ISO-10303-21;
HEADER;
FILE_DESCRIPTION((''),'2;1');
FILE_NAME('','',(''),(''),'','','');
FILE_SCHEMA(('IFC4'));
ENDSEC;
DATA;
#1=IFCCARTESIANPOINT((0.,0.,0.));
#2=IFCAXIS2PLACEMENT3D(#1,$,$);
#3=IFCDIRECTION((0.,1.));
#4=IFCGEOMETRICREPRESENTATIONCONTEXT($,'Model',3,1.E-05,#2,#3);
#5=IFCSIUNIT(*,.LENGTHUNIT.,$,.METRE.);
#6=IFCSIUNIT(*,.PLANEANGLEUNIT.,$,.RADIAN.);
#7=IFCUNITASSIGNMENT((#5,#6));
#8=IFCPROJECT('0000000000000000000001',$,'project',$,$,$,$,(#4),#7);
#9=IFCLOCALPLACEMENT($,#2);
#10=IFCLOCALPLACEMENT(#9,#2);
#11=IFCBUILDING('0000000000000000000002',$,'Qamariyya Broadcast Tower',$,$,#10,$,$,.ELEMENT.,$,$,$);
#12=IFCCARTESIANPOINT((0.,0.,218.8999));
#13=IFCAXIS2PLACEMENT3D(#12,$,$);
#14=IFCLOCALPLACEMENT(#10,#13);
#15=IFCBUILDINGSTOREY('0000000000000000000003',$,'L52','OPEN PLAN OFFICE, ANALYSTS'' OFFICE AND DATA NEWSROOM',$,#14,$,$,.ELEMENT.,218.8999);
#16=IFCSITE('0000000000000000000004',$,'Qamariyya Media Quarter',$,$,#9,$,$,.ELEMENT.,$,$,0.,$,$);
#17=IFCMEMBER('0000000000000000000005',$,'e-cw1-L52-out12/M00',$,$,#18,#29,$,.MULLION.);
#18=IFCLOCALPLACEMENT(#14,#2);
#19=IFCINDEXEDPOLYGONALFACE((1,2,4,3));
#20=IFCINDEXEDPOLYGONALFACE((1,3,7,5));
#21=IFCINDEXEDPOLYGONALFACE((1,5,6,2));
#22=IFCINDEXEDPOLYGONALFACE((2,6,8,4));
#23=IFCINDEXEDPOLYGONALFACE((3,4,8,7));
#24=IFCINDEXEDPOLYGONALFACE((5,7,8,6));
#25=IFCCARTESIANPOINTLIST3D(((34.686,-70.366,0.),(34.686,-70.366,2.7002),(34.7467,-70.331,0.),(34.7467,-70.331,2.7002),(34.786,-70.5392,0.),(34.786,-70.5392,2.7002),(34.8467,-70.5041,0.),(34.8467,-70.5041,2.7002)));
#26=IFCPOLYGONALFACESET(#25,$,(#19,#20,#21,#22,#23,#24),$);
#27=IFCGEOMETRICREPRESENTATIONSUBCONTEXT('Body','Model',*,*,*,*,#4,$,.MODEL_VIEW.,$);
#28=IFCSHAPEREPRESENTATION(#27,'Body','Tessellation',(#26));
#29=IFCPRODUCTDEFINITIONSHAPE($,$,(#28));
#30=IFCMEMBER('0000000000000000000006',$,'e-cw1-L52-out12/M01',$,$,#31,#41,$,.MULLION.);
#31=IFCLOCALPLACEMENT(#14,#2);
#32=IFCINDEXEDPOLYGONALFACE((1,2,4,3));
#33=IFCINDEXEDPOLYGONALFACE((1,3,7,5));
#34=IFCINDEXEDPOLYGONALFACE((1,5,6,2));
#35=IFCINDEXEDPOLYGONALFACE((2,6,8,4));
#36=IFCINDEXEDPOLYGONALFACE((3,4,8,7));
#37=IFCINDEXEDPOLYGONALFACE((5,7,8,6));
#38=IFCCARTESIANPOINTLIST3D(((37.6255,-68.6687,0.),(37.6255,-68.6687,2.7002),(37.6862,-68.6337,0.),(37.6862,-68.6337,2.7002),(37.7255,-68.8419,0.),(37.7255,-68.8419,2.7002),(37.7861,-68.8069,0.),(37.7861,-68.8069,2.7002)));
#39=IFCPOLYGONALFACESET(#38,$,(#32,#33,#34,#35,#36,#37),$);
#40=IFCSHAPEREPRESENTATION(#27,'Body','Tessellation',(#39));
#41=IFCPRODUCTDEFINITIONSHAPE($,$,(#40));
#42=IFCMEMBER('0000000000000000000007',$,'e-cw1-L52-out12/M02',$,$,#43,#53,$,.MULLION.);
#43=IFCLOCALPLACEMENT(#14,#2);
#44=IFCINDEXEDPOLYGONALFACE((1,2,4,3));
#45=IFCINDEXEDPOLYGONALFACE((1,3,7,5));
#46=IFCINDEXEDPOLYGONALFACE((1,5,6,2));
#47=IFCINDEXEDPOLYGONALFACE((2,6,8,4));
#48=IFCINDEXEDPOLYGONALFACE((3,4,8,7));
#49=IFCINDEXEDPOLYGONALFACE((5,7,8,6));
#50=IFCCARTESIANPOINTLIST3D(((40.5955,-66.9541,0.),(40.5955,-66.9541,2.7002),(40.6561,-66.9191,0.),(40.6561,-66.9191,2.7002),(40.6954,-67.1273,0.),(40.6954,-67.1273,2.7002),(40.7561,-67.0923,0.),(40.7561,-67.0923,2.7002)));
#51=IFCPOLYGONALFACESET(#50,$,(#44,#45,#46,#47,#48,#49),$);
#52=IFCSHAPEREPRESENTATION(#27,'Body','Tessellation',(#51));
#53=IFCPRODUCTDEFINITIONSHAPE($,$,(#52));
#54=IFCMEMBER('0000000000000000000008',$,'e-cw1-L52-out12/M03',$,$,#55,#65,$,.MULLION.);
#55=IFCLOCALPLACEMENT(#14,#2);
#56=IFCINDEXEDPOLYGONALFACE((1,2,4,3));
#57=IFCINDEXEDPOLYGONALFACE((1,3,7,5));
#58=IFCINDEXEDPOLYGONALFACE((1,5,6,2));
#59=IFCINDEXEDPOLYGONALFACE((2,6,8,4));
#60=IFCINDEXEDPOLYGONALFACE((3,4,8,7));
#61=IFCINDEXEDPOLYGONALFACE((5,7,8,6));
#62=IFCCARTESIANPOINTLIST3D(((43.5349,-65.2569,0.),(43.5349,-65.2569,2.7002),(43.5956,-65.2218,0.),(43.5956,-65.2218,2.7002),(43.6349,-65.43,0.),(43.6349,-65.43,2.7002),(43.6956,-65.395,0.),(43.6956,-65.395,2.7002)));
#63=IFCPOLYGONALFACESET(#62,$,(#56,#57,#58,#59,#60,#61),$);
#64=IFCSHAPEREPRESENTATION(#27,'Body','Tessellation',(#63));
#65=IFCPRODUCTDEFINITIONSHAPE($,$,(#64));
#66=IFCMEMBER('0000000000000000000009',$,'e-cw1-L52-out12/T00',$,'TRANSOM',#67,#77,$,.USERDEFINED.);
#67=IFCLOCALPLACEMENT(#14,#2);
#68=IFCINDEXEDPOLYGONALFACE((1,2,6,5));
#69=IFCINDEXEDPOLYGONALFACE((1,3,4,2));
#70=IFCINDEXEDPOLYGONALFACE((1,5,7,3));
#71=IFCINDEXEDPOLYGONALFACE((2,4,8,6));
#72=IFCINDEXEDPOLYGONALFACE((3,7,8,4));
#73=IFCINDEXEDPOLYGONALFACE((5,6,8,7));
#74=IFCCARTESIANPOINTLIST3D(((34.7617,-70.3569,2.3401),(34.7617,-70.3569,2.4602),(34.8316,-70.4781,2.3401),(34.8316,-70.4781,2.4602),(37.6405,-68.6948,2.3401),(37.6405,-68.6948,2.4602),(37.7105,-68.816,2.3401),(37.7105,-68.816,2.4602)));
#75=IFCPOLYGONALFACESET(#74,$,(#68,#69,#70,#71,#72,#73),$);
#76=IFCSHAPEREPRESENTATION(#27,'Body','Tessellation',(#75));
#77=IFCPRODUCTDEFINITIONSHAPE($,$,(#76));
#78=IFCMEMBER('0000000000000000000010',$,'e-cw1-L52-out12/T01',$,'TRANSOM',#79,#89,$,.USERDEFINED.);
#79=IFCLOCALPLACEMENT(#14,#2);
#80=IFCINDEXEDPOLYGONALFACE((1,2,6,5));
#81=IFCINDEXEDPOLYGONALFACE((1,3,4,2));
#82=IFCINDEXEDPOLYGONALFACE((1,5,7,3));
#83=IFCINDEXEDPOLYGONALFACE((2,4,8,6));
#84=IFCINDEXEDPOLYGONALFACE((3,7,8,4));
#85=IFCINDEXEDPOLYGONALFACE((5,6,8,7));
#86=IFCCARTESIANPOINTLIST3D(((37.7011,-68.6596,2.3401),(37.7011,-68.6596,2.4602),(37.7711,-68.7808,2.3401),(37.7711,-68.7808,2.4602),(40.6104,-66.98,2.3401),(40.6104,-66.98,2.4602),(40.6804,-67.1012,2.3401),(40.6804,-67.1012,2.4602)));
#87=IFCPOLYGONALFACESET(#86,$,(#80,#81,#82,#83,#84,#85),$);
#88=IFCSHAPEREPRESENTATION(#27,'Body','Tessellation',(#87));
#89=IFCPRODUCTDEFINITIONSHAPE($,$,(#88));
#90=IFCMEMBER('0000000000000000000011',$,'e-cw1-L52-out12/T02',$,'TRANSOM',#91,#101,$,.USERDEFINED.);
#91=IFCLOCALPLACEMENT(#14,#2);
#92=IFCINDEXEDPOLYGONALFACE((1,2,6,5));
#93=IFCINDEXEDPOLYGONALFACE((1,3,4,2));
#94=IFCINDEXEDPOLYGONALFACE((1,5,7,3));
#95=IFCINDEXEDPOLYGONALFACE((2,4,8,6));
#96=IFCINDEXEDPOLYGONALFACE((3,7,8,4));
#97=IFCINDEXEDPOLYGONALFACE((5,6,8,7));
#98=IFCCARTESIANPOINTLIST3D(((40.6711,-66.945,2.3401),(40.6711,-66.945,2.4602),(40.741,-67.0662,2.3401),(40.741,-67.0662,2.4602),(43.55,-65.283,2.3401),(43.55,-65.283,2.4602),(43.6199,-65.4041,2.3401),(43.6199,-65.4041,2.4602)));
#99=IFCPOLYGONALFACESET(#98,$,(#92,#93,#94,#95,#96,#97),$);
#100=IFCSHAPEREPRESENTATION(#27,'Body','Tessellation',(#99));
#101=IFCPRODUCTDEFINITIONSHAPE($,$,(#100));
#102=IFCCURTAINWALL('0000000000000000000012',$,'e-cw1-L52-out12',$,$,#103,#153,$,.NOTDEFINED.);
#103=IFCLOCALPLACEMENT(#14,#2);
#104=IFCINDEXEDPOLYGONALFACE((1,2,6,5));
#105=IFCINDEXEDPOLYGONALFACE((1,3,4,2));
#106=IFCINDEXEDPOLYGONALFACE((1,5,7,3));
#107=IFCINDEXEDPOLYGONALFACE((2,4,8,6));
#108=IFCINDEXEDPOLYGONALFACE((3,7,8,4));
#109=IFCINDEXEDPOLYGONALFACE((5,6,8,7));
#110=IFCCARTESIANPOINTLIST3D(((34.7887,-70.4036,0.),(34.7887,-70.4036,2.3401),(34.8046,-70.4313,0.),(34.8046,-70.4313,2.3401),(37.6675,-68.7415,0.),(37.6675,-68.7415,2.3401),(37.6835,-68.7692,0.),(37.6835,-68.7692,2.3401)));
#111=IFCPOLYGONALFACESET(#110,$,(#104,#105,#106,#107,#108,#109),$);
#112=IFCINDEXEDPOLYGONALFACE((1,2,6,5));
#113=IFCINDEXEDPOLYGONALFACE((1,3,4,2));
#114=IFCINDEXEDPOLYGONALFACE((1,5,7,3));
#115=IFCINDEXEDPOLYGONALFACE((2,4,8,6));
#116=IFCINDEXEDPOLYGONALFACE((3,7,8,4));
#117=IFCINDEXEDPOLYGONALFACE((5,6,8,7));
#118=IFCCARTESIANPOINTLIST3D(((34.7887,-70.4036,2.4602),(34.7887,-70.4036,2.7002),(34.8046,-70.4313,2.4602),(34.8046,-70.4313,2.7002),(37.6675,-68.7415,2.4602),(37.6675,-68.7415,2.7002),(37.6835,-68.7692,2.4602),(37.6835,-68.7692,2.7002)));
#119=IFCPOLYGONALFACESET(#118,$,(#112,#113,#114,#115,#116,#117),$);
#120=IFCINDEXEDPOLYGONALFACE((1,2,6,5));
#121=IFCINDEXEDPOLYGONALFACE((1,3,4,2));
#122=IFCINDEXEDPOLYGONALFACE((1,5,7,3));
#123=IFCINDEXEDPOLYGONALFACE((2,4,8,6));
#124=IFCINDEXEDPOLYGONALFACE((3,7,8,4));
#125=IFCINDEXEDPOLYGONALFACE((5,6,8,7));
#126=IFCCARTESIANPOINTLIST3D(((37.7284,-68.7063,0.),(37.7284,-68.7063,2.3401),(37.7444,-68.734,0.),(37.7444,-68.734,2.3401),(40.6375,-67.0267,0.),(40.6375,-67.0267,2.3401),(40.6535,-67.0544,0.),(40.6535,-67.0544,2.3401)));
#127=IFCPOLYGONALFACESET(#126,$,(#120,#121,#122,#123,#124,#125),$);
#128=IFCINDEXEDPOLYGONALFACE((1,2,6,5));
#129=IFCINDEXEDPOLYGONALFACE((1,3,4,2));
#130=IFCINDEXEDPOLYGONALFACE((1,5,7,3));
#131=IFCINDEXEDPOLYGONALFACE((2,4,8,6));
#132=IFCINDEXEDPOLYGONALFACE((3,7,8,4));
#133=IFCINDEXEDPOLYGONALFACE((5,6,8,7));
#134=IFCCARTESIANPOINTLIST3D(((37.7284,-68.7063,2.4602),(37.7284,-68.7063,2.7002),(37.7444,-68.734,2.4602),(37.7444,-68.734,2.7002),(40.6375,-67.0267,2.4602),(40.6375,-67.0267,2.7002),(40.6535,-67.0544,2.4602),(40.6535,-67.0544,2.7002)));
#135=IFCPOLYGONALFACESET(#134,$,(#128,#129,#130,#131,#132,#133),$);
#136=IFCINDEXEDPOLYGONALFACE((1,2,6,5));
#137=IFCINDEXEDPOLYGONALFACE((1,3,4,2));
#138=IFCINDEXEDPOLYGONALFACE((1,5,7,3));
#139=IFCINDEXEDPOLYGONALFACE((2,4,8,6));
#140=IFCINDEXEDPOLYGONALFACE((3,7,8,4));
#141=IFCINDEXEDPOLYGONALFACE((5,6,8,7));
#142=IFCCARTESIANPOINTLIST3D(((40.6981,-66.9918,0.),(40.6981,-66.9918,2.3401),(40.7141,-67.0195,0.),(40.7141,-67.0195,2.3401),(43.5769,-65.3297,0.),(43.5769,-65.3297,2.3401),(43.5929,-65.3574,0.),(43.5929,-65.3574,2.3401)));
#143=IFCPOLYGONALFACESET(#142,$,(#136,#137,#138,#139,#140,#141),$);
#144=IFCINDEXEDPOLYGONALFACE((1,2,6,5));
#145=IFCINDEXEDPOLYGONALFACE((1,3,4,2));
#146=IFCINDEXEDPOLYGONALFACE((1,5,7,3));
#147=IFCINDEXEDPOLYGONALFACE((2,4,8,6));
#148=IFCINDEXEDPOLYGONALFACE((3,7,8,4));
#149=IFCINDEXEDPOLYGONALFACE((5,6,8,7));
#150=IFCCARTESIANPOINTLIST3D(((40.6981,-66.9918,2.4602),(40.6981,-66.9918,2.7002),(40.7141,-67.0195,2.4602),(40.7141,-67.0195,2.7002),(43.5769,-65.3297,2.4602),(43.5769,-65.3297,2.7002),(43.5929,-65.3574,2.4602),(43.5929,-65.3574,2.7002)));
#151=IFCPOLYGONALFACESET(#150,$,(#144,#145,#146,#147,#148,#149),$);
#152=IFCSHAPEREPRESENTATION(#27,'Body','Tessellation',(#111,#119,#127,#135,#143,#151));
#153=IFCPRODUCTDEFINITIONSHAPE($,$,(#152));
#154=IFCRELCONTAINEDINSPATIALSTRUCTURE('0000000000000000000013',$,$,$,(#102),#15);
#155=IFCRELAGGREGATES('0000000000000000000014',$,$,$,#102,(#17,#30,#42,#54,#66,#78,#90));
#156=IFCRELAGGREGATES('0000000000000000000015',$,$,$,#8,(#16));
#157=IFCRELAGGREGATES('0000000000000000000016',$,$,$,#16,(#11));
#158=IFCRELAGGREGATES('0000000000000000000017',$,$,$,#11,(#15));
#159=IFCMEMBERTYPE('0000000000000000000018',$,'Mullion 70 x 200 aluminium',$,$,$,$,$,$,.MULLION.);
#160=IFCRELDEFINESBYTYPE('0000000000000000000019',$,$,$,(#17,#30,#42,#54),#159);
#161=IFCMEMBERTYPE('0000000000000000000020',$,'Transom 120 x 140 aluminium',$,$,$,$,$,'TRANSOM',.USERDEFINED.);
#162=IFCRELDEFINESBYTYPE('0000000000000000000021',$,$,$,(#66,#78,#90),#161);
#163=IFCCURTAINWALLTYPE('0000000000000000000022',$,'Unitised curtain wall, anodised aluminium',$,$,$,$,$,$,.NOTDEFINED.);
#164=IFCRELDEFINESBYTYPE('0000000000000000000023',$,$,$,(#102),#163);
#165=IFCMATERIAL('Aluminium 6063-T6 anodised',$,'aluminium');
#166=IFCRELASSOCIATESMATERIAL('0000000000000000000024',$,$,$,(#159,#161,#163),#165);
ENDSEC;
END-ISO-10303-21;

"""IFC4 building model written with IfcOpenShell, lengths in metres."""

from ifc_helpers import new_model, si_unit, direction, frame, origin, origin_2d, place, context, subcontext, project, spatial, rectangle, extrude, material, material_profile, profile_set, type_object, element, aggregate, save


model = new_model("IFC4")

# Units and contexts
model_context = context("Model", 3, precision=1e-05, world=origin(), true_north=direction((0.0, 1.0)))
body_context = subcontext(model_context, "Body", "Model", "MODEL_VIEW")
ifc_project = project(units=[si_unit("LENGTHUNIT", "METRE"), si_unit("PLANEANGLEUNIT", "RADIAN")], contexts=[model_context])

# Members
ifc_material = material(Name="Aluminium 6063-T6 anodised", Category="aluminium")
ifc_material_profile_1 = material_profile(ifc_material, rectangle(XDim=0.2, YDim=0.0701, at=origin_2d()))
ifc_profile_set_1 = profile_set([ifc_material_profile_1], Name="Aluminium 6063-T6 anodised")
member_type_1 = type_object("IfcMemberType", Name="Mullion 70 x 200 aluminium", PredefinedType="MULLION", material=ifc_profile_set_1)
site_placement = place(None, origin())
building_placement = place(site_placement, origin())
storey_placement = place(building_placement, frame((0.0, 0.0, 218.8999)))
member_1_placement = place(storey_placement, frame((34.7664, -70.4351, 0.0), z_axis=(0.0, 0.0, 1.0), x_axis=(-0.5, 0.866025, 0.0)))
member_1 = element("IfcMember", 1, at=member_1_placement, type_object=member_type_1, Name="e-cw1-L52-out12/M00", PredefinedType="MULLION", context=body_context, shape_type="SweptSolid", body=[
    extrude(rectangle(XDim=0.2, YDim=0.0701, at=origin_2d()), origin(), (0.0, 0.0, 1.0), 2.7002),
])
member_2_placement = place(storey_placement, frame((37.7058, -68.7378, 0.0), z_axis=(0.0, 0.0, 1.0), x_axis=(-0.5, 0.866025, 0.0)))
member_2 = element("IfcMember", 2, at=member_2_placement, type_object=member_type_1, Name="e-cw1-L52-out12/M01", PredefinedType="MULLION", context=body_context, shape_type="SweptSolid", body=[
    extrude(rectangle(XDim=0.2, YDim=0.0701, at=origin_2d()), origin(), (0.0, 0.0, 1.0), 2.7002),
])
member_3_placement = place(storey_placement, frame((40.6758, -67.0232, 0.0), z_axis=(0.0, 0.0, 1.0), x_axis=(-0.5, 0.866025, 0.0)))
member_3 = element("IfcMember", 3, at=member_3_placement, type_object=member_type_1, Name="e-cw1-L52-out12/M02", PredefinedType="MULLION", context=body_context, shape_type="SweptSolid", body=[
    extrude(rectangle(XDim=0.2, YDim=0.0701, at=origin_2d()), origin(), (0.0, 0.0, 1.0), 2.7002),
])
member_4_placement = place(storey_placement, frame((43.6152, -65.3259, 0.0), z_axis=(0.0, 0.0, 1.0), x_axis=(-0.5, 0.866025, 0.0)))
member_4 = element("IfcMember", 4, at=member_4_placement, type_object=member_type_1, Name="e-cw1-L52-out12/M03", PredefinedType="MULLION", context=body_context, shape_type="SweptSolid", body=[
    extrude(rectangle(XDim=0.2, YDim=0.0701, at=origin_2d()), origin(), (0.0, 0.0, 1.0), 2.7002),
])
ifc_material_profile_2 = material_profile(ifc_material, rectangle(XDim=0.1399, YDim=0.1201, at=origin_2d()))
ifc_profile_set_2 = profile_set([ifc_material_profile_2], Name="Aluminium 6063-T6 anodised")
member_type_2 = type_object("IfcMemberType", Name="Transom 120 x 140 aluminium", ElementType="TRANSOM", PredefinedType="USERDEFINED", material=ifc_profile_set_2)
member_5_placement = place(storey_placement, frame((34.7966, -70.4175, 2.4001), z_axis=(0.866029, 0.499994, 0.0), x_axis=(-0.499994, 0.866029, 0.0)))
member_5 = element("IfcMember", 5, at=member_5_placement, type_object=member_type_2, Name="e-cw1-L52-out12/T00", ObjectType="TRANSOM", PredefinedType="USERDEFINED", context=body_context, shape_type="SweptSolid", body=[
    extrude(rectangle(XDim=0.1399, YDim=0.1201, at=origin_2d()), origin(), (0.0, 0.0, 1.0), 3.3242),
])
member_6_placement = place(storey_placement, frame((37.7361, -68.7202, 2.4001), z_axis=(0.866034, 0.499985, 0.0), x_axis=(-0.499985, 0.866034, 0.0)))
member_6 = element("IfcMember", 6, at=member_6_placement, type_object=member_type_2, Name="e-cw1-L52-out12/T01", ObjectType="TRANSOM", PredefinedType="USERDEFINED", context=body_context, shape_type="SweptSolid", body=[
    extrude(rectangle(XDim=0.1399, YDim=0.1201, at=origin_2d()), origin(), (0.0, 0.0, 1.0), 3.3594),
])
member_7_placement = place(storey_placement, frame((40.7061, -67.0056, 2.4001), z_axis=(0.866029, 0.499994, 0.0), x_axis=(-0.499994, 0.866029, 0.0)))
member_7 = element("IfcMember", 7, at=member_7_placement, type_object=member_type_2, Name="e-cw1-L52-out12/T02", ObjectType="TRANSOM", PredefinedType="USERDEFINED", context=body_context, shape_type="SweptSolid", body=[
    extrude(rectangle(XDim=0.1399, YDim=0.1201, at=origin_2d()), origin(), (0.0, 0.0, 1.0), 3.3242),
])

# Site, building, storey
site = spatial("IfcSite", under=ifc_project, at=site_placement, Name="Qamariyya Media Quarter", CompositionType="ELEMENT", RefElevation=0.0)
building = spatial("IfcBuilding", under=site, at=building_placement, Name="Qamariyya Broadcast Tower", CompositionType="ELEMENT")
storey = spatial("IfcBuildingStorey", under=building, at=storey_placement, Name="L52", Description="OPEN PLAN OFFICE, ANALYSTS' OFFICE AND DATA NEWSROOM", CompositionType="ELEMENT", Elevation=218.8999)

# Curtain wall
curtain_wall_type = type_object("IfcCurtainWallType", Name="Unitised curtain wall, anodised aluminium", PredefinedType="NOTDEFINED", material=ifc_material)
curtain_wall_1_placement = place(storey_placement, origin())
curtain_wall_1 = element("IfcCurtainWall", 8, at=curtain_wall_1_placement, inside=storey, type_object=curtain_wall_type, Name="e-cw1-L52-out12", PredefinedType="NOTDEFINED", context=body_context, shape_type="SweptSolid", body=[
    extrude(rectangle(XDim=3.3242, YDim=0.032, at=origin_2d()), frame((36.2361, -69.5864, 0.0), x_axis=(0.866028, 0.499996, 0.0)), (0.0, 0.0, 1.0), 2.3401),
    extrude(rectangle(XDim=3.3242, YDim=0.032, at=origin_2d()), frame((36.2361, -69.5864, 2.4602), x_axis=(0.866028, 0.499996, 0.0)), (0.0, 0.0, 1.0), 0.24),
    extrude(rectangle(XDim=3.3591, YDim=0.032, at=origin_2d()), frame((39.1909, -67.8804, 0.0), x_axis=(0.866028, 0.499996, 0.0)), (0.0, 0.0, 1.0), 2.3401),
    extrude(rectangle(XDim=3.3591, YDim=0.032, at=origin_2d()), frame((39.1909, -67.8804, 2.4602), x_axis=(0.866028, 0.499996, 0.0)), (0.0, 0.0, 1.0), 0.24),
    extrude(rectangle(XDim=3.3242, YDim=0.032, at=origin_2d()), frame((42.1455, -66.1746, 0.0), x_axis=(0.866028, 0.499996, 0.0)), (0.0, 0.0, 1.0), 2.3401),
    extrude(rectangle(XDim=3.3242, YDim=0.032, at=origin_2d()), frame((42.1455, -66.1746, 2.4602), x_axis=(0.866028, 0.499996, 0.0)), (0.0, 0.0, 1.0), 0.24),
])
aggregate(curtain_wall_1, [member_1, member_2, member_3, member_4, member_5, member_6, member_7])

save(model, "model.ifc")
